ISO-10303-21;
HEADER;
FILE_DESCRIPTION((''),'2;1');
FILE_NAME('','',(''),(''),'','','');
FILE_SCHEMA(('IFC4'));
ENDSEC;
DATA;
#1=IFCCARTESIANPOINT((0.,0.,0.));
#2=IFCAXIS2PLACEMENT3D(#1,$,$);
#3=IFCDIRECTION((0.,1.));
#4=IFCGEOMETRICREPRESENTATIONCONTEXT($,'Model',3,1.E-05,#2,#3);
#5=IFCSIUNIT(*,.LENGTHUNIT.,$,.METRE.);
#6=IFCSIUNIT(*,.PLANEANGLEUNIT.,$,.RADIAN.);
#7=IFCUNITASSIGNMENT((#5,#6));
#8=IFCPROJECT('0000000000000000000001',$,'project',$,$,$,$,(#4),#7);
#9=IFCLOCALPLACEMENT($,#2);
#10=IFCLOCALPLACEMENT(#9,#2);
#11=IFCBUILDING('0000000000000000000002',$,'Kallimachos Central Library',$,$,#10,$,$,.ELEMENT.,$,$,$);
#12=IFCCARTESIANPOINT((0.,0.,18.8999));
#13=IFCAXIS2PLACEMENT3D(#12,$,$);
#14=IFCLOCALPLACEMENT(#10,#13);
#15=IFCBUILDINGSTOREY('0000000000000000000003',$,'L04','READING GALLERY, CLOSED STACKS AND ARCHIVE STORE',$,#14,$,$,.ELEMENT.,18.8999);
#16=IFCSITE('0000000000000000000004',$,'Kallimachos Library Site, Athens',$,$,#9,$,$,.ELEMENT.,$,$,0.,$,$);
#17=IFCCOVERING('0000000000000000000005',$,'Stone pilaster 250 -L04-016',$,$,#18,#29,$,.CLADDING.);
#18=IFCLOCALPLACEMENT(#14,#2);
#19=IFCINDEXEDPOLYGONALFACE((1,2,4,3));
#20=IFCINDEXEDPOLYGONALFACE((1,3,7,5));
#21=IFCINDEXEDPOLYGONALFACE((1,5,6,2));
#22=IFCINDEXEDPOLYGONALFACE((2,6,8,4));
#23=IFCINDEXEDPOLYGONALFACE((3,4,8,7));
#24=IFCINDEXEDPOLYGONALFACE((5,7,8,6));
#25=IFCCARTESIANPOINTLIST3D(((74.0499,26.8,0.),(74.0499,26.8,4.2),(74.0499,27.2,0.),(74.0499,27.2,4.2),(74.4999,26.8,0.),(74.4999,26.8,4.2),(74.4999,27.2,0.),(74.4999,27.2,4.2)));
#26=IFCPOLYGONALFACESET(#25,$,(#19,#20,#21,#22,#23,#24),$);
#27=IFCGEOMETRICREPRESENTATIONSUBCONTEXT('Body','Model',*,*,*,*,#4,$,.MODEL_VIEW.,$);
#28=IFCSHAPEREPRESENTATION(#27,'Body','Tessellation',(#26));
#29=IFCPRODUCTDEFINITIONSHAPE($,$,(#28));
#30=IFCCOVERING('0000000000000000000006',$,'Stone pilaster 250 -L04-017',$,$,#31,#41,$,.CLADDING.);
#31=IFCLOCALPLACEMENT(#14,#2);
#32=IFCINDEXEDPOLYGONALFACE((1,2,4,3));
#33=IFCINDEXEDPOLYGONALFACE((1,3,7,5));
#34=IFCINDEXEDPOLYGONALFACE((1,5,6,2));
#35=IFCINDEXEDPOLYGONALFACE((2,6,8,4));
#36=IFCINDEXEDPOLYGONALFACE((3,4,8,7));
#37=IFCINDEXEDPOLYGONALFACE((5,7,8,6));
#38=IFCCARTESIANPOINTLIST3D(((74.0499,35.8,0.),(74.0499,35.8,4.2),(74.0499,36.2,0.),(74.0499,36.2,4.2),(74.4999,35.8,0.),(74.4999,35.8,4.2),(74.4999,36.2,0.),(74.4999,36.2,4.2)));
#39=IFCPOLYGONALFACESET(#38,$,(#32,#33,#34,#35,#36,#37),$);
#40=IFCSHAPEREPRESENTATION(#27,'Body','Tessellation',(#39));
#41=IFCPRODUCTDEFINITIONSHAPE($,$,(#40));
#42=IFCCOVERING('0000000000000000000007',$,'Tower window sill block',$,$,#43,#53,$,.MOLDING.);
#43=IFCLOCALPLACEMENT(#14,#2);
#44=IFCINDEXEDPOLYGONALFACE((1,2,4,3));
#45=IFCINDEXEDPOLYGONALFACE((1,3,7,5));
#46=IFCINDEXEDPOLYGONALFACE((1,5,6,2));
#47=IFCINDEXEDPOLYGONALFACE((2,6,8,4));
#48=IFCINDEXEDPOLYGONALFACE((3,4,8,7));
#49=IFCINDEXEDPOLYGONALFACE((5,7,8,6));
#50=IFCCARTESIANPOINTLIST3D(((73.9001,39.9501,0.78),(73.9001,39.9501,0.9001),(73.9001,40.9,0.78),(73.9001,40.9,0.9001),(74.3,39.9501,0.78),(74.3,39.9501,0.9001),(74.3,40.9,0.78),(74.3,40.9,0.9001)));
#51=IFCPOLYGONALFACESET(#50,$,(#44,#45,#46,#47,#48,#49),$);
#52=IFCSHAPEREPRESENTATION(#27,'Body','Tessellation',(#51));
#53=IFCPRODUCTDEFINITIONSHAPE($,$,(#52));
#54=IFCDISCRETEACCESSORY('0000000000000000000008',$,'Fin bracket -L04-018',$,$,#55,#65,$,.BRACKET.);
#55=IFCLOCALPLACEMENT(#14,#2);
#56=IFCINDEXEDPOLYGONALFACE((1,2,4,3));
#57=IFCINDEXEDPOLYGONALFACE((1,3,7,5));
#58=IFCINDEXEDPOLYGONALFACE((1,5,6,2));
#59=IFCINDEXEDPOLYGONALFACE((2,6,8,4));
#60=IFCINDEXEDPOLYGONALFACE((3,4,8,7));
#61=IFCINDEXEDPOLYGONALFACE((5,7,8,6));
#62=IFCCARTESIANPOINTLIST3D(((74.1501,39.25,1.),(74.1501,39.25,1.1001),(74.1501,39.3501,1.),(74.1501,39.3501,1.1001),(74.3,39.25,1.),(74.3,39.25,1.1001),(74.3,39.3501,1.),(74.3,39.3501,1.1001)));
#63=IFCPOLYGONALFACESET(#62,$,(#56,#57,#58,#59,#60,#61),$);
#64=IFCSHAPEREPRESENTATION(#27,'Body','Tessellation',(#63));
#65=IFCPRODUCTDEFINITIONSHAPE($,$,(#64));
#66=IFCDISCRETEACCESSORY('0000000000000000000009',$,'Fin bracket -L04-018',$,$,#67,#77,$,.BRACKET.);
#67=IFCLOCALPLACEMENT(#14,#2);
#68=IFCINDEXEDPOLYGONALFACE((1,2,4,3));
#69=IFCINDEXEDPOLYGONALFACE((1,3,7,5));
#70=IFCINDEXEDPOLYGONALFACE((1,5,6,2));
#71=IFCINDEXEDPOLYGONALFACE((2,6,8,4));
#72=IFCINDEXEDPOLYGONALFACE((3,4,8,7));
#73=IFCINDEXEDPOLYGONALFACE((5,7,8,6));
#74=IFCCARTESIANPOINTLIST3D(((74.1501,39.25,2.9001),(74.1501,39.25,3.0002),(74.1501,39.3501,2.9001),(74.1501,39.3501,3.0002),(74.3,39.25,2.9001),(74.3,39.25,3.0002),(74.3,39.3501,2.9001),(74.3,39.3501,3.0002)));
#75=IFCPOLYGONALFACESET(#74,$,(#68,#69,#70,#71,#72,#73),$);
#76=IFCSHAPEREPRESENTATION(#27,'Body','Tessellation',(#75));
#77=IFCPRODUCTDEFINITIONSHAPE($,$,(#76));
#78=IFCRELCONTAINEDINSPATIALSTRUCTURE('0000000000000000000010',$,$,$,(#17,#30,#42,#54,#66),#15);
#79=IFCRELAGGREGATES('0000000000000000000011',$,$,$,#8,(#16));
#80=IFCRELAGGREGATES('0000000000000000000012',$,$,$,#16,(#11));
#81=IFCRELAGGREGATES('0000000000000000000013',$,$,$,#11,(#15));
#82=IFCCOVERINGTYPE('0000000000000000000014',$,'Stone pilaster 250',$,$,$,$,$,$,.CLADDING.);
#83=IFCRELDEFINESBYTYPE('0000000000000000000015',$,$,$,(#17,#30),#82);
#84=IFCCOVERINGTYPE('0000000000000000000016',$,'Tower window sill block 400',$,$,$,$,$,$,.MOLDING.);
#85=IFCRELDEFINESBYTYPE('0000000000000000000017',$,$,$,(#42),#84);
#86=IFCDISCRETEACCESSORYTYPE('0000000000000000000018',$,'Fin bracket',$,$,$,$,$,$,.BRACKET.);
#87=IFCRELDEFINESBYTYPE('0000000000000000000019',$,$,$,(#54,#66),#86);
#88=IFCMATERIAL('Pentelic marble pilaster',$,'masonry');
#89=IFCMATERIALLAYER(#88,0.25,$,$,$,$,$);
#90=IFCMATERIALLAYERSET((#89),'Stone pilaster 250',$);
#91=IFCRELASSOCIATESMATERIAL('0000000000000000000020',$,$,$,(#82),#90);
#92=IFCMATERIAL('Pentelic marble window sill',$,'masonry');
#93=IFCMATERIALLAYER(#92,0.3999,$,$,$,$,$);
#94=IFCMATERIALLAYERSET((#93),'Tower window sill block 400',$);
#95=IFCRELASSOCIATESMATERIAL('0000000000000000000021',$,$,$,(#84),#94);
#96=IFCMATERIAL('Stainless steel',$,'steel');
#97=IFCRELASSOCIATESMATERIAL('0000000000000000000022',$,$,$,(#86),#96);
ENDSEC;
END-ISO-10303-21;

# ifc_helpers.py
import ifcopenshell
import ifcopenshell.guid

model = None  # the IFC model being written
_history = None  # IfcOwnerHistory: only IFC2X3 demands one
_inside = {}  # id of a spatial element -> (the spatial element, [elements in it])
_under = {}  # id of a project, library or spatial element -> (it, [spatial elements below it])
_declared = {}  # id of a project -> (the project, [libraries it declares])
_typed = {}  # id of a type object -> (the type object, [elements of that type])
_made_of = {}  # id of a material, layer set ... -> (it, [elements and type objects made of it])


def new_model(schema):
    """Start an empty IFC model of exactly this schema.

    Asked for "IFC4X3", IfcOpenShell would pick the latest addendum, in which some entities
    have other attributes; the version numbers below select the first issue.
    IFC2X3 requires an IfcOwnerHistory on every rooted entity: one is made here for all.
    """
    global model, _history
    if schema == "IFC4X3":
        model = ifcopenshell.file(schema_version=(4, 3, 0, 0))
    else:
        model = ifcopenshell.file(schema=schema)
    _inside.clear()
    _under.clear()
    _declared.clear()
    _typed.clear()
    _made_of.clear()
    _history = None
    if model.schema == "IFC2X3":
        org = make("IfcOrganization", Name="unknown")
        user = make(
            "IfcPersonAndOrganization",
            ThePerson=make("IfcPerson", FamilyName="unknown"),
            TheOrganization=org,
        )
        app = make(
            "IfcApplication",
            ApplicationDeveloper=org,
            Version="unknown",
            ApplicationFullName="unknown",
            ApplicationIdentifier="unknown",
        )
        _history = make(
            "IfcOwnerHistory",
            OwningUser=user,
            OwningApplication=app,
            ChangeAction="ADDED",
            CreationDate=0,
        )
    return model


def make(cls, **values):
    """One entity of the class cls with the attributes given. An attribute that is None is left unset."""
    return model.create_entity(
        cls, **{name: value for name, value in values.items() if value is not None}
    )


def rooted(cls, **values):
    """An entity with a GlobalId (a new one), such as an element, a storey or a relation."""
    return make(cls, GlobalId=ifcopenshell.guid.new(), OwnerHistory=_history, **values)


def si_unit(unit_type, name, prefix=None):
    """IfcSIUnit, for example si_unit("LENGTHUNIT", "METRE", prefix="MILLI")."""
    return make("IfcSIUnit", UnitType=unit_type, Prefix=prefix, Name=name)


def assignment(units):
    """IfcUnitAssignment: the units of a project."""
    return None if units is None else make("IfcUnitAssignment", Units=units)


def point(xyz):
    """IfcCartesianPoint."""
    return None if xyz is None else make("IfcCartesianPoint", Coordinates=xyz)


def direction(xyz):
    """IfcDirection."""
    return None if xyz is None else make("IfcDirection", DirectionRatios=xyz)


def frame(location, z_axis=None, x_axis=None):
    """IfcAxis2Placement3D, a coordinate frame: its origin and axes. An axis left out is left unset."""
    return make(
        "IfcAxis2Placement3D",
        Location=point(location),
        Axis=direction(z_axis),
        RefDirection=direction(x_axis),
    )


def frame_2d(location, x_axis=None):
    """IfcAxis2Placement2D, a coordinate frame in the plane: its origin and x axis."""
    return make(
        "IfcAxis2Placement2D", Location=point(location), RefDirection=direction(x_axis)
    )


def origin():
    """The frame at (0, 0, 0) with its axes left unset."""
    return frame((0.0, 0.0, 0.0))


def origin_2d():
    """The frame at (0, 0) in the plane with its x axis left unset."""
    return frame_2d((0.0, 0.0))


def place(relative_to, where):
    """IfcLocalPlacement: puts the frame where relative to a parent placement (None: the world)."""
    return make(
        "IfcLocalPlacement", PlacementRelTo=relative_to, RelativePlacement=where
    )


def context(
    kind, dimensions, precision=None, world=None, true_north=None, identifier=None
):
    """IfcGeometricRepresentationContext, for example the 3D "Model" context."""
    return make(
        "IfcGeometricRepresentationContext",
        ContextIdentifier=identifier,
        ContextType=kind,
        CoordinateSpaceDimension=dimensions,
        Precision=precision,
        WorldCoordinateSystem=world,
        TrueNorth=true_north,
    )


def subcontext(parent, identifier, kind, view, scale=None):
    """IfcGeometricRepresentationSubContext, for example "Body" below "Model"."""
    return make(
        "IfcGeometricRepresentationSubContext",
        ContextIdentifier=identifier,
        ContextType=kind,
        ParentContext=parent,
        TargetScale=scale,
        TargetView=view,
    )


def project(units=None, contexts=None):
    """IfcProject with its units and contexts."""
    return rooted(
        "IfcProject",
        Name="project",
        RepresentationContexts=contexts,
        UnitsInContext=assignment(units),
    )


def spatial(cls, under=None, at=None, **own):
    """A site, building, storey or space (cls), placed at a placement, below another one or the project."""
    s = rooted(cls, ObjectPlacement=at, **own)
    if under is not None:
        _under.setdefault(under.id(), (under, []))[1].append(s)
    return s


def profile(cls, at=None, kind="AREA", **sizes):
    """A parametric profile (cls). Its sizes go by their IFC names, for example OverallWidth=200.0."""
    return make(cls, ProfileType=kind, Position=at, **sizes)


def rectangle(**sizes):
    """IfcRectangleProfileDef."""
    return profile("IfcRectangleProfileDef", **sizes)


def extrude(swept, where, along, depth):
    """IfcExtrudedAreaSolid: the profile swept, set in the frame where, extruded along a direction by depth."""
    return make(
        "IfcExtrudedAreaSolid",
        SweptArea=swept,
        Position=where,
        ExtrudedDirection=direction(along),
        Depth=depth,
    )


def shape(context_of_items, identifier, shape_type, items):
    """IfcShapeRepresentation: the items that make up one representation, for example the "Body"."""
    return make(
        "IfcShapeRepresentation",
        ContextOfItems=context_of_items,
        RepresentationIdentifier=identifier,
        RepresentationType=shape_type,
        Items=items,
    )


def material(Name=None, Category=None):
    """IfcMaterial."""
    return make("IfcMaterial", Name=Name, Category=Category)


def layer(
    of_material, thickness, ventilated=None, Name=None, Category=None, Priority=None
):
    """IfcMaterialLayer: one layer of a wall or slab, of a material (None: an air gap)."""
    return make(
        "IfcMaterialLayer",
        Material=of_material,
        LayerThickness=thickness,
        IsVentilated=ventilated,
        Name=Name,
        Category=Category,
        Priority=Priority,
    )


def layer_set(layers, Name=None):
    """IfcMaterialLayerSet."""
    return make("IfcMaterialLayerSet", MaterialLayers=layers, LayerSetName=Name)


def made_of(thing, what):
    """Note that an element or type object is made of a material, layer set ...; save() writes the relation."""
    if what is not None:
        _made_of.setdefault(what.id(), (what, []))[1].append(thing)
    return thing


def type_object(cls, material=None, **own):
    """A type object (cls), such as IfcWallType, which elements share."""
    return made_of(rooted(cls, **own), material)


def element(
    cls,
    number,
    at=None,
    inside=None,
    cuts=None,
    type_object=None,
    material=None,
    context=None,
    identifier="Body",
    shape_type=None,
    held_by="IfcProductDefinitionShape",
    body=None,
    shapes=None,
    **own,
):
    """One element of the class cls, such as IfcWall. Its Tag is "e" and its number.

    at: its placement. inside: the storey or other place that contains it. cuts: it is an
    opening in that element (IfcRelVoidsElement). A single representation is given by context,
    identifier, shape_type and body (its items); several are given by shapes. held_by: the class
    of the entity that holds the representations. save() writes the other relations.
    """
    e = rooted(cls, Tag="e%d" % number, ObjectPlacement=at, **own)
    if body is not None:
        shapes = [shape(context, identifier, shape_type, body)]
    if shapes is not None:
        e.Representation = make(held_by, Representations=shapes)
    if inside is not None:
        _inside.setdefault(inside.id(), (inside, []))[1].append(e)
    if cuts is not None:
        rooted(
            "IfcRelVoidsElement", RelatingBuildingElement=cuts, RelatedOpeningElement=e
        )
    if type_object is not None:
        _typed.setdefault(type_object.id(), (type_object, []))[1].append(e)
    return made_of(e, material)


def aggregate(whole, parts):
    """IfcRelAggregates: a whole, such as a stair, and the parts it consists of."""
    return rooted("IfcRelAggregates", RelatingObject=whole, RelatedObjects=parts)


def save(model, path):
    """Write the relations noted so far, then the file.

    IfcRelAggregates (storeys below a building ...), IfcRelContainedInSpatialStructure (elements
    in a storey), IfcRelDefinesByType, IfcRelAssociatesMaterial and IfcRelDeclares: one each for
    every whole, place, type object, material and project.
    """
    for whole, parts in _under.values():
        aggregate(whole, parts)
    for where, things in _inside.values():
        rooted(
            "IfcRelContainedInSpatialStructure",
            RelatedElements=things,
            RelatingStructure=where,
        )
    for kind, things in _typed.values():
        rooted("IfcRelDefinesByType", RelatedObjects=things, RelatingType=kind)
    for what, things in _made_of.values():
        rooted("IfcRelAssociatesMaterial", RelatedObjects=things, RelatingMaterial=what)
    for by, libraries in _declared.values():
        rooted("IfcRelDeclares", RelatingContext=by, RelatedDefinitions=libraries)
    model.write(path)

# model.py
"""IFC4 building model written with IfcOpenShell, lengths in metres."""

from ifc_helpers import new_model, si_unit, direction, frame, origin, origin_2d, place, context, subcontext, project, spatial, rectangle, extrude, material, layer, layer_set, type_object, element, save


model = new_model("IFC4")

# Units and contexts
model_context = context("Model", 3, precision=1e-05, world=origin(), true_north=direction((0.0, 1.0)))
body_context = subcontext(model_context, "Body", "Model", "MODEL_VIEW")
ifc_project = project(units=[si_unit("LENGTHUNIT", "METRE"), si_unit("PLANEANGLEUNIT", "RADIAN")], contexts=[model_context])

# Site, building, storey
site_placement = place(None, origin())
site = spatial("IfcSite", under=ifc_project, at=site_placement, Name="Kallimachos Library Site, Athens", CompositionType="ELEMENT", RefElevation=0.0)
building_placement = place(site_placement, origin())
building = spatial("IfcBuilding", under=site, at=building_placement, Name="Kallimachos Central Library", CompositionType="ELEMENT")
storey_placement = place(building_placement, frame((0.0, 0.0, 18.8999)))
storey = spatial("IfcBuildingStorey", under=building, at=storey_placement, Name="L04", Description="READING GALLERY, CLOSED STACKS AND ARCHIVE STORE", CompositionType="ELEMENT", Elevation=18.8999)

# Coverings
ifc_material_1 = material(Name="Pentelic marble pilaster", Category="masonry")
ifc_layer_1 = layer(ifc_material_1, 0.25)
ifc_layer_set_1 = layer_set([ifc_layer_1], Name="Stone pilaster 250")
covering_type_1 = type_object("IfcCoveringType", Name="Stone pilaster 250", PredefinedType="CLADDING", material=ifc_layer_set_1)
for number, where, z_axis, x_axis, name in (
    (1, (74.2749, 27.0, 0.0), (0.0, 0.0, 1.0), (1.0, 0.0, 0.0), "Stone pilaster 250 -L04-016"),
    (2, (74.2749, 36.0, 0.0), (0.0, 0.0, 1.0), (1.0, 0.0, 0.0), "Stone pilaster 250 -L04-017"),
):
    element("IfcCovering", number, at=place(storey_placement, frame(where, z_axis=z_axis, x_axis=x_axis)), inside=storey, type_object=covering_type_1, Name=name, PredefinedType="CLADDING", context=body_context, shape_type="SweptSolid", body=[
        extrude(rectangle(XDim=0.45, YDim=0.3999, at=origin_2d()), origin(), (0.0, 0.0, 1.0), 4.2),
    ])
ifc_material_2 = material(Name="Pentelic marble window sill", Category="masonry")
ifc_layer_2 = layer(ifc_material_2, 0.3999)
ifc_layer_set_2 = layer_set([ifc_layer_2], Name="Tower window sill block 400")
covering_type_2 = type_object("IfcCoveringType", Name="Tower window sill block 400", PredefinedType="MOLDING", material=ifc_layer_set_2)
covering_1_placement = place(storey_placement, frame((74.1001, 40.425, 0.78), z_axis=(0.0, 0.0, 1.0), x_axis=(1.0, 0.0, 0.0)))
element("IfcCovering", 3, at=covering_1_placement, inside=storey, type_object=covering_type_2, Name="Tower window sill block", PredefinedType="MOLDING", context=body_context, shape_type="SweptSolid", body=[
    extrude(rectangle(XDim=0.3999, YDim=0.95, at=origin_2d()), origin(), (0.0, 0.0, 1.0), 0.1201),
])

# Discrete accessories
ifc_material_3 = material(Name="Stainless steel", Category="steel")
discrete_accessory_type = type_object("IfcDiscreteAccessoryType", Name="Fin bracket", PredefinedType="BRACKET", material=ifc_material_3)
for number, where, z_axis, x_axis, name in (
    (4, (74.2251, 39.3, 1.0), (0.0, 0.0, 1.0), (1.0, 0.0, 0.0), "Fin bracket -L04-018"),
    (5, (74.2251, 39.3, 2.9001), (0.0, 0.0, 1.0), (1.0, 0.0, 0.0), "Fin bracket -L04-018"),
):
    element("IfcDiscreteAccessory", number, at=place(storey_placement, frame(where, z_axis=z_axis, x_axis=x_axis)), inside=storey, type_object=discrete_accessory_type, Name=name, PredefinedType="BRACKET", context=body_context, shape_type="SweptSolid", body=[
        extrude(rectangle(XDim=0.1499, YDim=0.1001, at=origin_2d()), origin(), (0.0, 0.0, 1.0), 0.1001),
    ])

save(model, "model.ifc")
